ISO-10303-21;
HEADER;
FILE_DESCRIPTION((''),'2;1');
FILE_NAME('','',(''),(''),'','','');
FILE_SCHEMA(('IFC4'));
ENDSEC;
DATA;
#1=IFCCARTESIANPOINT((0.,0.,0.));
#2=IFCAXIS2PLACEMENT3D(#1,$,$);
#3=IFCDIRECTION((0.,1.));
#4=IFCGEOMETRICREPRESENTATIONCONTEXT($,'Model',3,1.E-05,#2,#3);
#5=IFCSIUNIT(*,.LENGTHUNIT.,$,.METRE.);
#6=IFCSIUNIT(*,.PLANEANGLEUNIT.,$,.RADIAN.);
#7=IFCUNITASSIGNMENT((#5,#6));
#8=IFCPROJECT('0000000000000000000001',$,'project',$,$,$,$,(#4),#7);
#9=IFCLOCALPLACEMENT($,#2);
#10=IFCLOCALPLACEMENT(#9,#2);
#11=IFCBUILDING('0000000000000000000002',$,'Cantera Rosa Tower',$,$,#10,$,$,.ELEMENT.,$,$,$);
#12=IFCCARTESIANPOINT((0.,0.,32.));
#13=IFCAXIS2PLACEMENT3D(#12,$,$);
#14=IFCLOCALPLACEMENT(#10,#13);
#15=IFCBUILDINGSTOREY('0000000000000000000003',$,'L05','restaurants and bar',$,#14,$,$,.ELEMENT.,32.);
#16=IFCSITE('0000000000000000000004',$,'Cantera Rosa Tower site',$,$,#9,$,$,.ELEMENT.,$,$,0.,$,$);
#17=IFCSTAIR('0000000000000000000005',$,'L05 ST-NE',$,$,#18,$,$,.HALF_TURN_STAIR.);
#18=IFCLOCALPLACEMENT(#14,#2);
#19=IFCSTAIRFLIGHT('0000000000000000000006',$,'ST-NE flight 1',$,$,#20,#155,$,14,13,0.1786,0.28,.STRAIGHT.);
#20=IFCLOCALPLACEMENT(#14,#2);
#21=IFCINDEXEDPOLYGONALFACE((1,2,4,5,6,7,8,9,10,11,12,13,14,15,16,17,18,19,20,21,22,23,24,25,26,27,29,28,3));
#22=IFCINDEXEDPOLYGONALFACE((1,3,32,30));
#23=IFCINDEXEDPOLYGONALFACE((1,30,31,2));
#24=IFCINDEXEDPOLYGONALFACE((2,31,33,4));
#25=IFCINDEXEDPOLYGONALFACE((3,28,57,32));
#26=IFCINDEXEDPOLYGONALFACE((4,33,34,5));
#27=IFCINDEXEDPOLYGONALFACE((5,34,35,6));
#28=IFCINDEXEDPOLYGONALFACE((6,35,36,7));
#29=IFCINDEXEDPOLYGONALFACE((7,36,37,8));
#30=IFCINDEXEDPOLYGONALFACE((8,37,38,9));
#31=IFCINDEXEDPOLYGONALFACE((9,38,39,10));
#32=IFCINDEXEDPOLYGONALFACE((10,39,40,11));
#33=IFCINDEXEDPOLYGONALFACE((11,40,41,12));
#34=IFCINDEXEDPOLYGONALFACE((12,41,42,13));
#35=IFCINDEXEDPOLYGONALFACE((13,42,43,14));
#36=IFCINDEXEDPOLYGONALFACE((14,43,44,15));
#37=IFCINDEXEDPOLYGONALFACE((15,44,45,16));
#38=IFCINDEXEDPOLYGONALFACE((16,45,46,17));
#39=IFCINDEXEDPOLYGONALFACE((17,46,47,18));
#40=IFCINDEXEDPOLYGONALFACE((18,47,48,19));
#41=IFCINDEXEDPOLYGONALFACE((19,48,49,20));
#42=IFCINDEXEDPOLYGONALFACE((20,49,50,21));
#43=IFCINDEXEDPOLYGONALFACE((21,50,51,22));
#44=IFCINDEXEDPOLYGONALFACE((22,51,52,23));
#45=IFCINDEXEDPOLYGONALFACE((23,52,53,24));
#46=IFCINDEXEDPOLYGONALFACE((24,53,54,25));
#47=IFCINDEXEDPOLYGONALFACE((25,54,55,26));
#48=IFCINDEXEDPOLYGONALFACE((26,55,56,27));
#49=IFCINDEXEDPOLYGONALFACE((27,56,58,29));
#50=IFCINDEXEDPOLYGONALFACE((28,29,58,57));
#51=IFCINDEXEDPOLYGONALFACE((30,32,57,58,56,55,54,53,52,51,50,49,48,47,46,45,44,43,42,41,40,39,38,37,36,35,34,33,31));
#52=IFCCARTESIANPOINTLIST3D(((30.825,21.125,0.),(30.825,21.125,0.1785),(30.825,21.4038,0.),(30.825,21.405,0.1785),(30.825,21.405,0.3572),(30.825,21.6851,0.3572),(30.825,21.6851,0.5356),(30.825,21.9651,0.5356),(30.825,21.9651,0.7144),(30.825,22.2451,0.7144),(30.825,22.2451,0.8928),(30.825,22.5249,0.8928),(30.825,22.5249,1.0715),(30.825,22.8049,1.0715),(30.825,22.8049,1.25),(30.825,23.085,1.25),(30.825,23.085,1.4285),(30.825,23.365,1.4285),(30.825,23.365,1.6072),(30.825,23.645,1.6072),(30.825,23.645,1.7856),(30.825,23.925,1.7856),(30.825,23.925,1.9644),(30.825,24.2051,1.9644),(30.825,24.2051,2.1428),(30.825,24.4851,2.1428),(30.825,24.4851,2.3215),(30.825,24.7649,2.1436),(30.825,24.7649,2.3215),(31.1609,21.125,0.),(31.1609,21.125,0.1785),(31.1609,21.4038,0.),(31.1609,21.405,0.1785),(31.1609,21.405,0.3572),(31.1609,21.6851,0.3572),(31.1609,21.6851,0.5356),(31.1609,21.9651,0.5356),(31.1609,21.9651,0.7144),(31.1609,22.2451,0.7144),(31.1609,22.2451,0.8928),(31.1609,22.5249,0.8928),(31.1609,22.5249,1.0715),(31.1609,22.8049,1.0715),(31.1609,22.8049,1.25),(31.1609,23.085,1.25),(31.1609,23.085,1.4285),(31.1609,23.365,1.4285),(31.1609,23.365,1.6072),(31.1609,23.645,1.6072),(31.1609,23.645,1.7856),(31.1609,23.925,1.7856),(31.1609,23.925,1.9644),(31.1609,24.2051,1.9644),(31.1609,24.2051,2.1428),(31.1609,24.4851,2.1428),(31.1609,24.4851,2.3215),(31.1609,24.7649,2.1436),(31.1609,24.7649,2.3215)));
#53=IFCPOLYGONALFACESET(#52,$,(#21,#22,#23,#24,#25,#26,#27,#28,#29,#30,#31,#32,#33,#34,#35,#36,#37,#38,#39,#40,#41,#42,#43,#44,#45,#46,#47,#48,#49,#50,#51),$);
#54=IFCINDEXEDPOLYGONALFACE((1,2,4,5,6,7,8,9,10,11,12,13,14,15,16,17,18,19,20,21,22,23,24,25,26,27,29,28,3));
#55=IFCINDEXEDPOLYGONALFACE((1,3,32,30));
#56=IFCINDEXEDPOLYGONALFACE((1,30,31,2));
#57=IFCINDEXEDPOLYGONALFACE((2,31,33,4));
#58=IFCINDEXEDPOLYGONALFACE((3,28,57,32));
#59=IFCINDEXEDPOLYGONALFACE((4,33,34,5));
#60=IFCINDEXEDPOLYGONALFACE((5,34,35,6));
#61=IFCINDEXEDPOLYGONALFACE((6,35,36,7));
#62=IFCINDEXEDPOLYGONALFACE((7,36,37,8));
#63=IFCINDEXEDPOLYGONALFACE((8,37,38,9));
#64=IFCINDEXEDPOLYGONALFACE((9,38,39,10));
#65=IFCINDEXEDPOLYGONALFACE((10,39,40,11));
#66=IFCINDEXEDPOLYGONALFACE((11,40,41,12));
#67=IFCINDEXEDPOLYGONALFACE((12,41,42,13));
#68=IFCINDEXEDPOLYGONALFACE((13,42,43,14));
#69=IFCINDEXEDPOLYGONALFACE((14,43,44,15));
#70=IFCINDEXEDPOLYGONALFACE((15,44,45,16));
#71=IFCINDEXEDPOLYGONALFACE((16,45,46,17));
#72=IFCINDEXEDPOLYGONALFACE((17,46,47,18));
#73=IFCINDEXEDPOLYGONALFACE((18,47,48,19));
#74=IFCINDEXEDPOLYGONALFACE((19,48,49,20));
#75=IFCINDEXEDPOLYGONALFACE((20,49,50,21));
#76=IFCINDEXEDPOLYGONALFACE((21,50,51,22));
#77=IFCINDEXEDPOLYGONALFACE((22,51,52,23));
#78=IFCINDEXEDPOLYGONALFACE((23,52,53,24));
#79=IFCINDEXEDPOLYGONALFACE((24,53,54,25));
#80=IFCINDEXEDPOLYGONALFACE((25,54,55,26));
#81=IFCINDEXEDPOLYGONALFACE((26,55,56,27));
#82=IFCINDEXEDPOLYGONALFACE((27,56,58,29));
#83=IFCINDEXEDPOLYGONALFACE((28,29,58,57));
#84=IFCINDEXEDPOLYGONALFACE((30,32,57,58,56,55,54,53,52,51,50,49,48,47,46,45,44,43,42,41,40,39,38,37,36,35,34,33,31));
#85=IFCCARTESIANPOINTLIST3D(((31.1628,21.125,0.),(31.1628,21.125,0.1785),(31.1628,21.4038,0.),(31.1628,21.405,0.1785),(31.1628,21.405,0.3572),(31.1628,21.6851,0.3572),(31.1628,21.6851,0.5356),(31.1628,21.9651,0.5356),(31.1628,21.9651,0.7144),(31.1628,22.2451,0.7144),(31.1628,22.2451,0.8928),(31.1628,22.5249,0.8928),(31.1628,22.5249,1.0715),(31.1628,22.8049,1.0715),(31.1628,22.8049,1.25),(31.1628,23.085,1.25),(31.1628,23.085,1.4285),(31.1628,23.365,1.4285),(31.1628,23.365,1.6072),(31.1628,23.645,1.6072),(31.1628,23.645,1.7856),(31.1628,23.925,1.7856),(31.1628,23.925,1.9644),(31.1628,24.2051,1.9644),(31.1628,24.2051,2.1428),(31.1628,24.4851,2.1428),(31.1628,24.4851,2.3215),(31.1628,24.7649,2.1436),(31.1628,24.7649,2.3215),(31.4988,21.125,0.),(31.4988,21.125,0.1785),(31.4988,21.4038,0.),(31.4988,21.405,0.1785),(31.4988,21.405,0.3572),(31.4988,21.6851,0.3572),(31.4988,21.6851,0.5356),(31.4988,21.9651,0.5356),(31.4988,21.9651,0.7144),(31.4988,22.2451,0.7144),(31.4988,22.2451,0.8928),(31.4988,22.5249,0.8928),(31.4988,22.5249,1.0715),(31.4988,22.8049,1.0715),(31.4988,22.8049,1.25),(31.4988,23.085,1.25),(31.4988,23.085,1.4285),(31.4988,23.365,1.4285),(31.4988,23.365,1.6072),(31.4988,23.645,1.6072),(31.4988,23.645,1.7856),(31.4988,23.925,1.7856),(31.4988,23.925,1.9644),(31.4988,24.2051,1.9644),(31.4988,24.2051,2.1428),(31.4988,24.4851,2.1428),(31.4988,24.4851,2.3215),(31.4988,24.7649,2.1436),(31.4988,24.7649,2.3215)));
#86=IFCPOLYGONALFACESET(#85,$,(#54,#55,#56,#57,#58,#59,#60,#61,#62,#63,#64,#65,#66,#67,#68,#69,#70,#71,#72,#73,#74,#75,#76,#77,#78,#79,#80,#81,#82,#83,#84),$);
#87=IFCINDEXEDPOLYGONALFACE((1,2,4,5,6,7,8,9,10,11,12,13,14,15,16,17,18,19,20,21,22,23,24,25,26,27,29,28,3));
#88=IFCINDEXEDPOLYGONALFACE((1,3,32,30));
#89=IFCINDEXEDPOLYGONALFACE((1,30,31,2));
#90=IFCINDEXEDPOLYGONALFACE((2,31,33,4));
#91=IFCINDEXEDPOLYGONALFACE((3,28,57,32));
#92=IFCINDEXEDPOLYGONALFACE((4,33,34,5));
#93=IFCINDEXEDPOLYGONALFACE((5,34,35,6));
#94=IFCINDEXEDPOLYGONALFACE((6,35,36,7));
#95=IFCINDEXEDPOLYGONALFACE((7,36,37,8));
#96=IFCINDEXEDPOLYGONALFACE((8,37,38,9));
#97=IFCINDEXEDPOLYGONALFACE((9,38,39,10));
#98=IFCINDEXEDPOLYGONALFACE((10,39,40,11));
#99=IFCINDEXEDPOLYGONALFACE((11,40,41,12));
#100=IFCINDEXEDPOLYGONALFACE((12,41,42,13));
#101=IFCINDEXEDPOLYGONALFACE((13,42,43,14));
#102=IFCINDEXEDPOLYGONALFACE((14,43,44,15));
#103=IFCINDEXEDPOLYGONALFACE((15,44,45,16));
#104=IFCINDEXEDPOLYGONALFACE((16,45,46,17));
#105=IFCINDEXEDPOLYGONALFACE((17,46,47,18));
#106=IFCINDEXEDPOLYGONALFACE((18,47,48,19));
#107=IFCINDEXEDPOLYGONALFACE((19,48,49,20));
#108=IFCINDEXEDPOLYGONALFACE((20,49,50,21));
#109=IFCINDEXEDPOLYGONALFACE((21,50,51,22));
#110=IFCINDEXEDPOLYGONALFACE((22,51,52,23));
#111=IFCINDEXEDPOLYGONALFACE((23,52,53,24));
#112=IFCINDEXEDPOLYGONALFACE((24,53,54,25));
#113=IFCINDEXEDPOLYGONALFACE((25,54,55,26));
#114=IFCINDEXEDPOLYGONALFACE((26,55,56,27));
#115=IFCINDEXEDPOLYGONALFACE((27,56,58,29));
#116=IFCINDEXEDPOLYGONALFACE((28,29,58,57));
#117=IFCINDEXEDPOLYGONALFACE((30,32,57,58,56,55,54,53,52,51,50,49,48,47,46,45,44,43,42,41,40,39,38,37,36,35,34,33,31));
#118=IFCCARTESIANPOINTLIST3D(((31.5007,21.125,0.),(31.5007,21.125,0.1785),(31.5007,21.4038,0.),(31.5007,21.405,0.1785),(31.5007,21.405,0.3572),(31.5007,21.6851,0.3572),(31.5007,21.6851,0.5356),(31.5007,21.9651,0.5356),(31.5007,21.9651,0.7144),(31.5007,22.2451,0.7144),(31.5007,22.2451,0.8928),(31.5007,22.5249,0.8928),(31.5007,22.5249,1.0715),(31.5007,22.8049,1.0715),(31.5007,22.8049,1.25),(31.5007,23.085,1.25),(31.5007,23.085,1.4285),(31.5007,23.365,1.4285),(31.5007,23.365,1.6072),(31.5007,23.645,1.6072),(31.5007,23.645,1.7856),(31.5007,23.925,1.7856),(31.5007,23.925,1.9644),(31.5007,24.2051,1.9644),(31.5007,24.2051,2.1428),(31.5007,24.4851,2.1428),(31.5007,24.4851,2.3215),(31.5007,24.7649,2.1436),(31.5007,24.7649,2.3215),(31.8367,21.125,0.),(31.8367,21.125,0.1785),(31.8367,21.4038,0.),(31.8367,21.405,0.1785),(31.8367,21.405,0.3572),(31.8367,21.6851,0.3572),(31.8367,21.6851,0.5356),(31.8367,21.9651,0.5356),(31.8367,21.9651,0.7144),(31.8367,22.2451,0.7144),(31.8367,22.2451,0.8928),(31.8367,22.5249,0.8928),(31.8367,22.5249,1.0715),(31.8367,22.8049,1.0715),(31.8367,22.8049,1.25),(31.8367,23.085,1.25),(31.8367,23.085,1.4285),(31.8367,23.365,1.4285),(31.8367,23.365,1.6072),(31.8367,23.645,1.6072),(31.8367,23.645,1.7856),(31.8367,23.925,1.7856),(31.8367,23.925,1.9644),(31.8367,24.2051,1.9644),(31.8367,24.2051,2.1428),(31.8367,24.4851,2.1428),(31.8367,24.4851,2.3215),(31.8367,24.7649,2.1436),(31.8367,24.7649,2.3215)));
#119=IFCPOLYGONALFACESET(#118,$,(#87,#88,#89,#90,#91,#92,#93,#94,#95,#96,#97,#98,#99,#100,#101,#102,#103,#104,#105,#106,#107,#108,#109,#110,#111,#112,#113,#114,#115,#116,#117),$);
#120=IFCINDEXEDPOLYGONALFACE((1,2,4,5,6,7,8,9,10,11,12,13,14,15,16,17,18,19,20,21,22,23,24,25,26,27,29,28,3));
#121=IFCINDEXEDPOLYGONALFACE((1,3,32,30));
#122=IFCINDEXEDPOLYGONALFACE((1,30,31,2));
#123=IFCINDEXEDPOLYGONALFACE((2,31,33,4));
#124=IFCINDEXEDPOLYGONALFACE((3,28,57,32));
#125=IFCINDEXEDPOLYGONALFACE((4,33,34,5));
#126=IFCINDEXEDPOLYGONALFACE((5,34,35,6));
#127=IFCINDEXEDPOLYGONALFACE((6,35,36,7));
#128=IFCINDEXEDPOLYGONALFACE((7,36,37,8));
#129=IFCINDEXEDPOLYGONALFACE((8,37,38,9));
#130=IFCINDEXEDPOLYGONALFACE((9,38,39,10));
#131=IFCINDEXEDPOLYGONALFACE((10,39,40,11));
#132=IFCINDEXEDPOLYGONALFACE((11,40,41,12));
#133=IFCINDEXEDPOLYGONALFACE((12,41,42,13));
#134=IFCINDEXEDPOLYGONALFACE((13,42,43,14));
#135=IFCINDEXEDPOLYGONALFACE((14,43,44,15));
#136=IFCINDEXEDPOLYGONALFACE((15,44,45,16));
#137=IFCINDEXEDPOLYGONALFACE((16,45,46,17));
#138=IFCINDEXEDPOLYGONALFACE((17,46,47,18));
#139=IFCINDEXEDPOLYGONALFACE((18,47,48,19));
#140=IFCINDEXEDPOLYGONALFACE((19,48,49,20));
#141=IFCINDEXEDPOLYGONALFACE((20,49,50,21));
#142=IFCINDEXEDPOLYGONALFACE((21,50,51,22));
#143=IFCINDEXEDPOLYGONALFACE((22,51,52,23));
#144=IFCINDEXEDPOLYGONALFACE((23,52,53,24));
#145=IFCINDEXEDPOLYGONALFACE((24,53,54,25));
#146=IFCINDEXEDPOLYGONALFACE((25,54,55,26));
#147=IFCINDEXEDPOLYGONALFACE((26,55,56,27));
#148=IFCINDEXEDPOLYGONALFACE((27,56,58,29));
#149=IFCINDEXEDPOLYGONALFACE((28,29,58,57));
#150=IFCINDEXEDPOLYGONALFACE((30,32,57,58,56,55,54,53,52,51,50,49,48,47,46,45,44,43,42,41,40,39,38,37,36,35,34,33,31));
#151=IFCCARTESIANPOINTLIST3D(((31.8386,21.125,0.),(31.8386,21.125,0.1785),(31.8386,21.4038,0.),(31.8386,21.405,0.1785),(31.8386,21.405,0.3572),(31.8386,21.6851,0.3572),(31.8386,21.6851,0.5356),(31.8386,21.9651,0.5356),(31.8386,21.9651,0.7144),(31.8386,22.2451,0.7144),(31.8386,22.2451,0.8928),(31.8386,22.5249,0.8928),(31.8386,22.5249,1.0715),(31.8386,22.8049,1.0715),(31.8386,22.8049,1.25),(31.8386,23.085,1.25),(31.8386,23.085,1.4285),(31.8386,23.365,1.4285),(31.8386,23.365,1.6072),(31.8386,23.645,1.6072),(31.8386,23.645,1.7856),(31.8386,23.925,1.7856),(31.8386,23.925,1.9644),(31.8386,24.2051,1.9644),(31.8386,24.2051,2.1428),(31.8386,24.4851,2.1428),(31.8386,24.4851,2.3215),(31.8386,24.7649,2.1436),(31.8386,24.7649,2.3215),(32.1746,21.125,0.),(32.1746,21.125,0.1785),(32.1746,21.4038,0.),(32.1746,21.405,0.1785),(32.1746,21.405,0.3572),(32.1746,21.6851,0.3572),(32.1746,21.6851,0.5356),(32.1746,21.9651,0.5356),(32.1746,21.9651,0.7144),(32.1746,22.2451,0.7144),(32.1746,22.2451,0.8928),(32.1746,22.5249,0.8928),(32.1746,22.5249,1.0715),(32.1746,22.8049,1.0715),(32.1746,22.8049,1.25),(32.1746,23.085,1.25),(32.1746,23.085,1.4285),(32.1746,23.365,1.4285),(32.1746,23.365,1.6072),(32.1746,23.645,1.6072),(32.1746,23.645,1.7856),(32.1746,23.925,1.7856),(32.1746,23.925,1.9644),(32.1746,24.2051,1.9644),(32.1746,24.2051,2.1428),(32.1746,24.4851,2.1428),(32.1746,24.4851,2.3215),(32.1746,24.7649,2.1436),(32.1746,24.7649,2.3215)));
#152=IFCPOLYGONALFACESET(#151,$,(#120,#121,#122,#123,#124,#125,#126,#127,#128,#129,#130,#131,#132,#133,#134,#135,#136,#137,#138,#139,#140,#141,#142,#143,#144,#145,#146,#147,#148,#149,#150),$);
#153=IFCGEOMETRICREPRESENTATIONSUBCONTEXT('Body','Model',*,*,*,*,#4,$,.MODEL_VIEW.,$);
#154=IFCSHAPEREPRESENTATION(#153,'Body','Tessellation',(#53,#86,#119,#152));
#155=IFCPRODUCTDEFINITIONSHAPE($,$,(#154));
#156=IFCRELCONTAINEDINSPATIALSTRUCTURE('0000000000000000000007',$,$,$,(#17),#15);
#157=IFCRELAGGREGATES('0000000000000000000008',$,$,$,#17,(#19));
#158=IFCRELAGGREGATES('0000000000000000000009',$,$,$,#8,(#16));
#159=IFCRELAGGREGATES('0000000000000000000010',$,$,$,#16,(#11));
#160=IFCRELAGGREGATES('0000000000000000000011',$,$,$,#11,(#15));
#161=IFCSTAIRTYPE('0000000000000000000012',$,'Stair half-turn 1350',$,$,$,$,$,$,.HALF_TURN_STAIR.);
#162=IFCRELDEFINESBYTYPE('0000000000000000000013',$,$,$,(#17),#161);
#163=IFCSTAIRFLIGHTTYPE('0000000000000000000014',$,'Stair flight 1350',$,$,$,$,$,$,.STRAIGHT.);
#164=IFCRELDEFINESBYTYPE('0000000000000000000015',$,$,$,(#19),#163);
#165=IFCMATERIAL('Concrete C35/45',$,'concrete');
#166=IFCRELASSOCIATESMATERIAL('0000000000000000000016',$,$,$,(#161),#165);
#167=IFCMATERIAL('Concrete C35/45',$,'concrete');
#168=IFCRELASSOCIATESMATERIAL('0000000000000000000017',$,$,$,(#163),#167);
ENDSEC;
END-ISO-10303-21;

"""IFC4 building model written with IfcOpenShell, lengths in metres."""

from ifc_helpers import new_model, si_unit, direction, frame, origin, place, context, subcontext, project, spatial, polyline, outline, extrude, material, type_object, element, aggregate, save


model = new_model("IFC4")

# Units and contexts
model_context = context("Model", 3, precision=1e-05, world=origin(), true_north=direction((0.0, 1.0)))
body_context = subcontext(model_context, "Body", "Model", "MODEL_VIEW")
ifc_project = project(units=[si_unit("LENGTHUNIT", "METRE"), si_unit("PLANEANGLEUNIT", "RADIAN")], contexts=[model_context])

# Site, building, storey
site_placement = place(None, origin())
site = spatial("IfcSite", under=ifc_project, at=site_placement, Name="Cantera Rosa Tower site", CompositionType="ELEMENT", RefElevation=0.0)
building_placement = place(site_placement, origin())
building = spatial("IfcBuilding", under=site, at=building_placement, Name="Cantera Rosa Tower", CompositionType="ELEMENT")
storey_placement = place(building_placement, frame((0.0, 0.0, 32.0)))
storey = spatial("IfcBuildingStorey", under=building, at=storey_placement, Name="L05", Description="restaurants and bar", CompositionType="ELEMENT", Elevation=32.0)

# Stair, stair flight
ifc_material_1 = material(Name="Concrete C35/45", Category="concrete")
stair_type = type_object("IfcStairType", Name="Stair half-turn 1350", PredefinedType="HALF_TURN_STAIR", material=ifc_material_1)
stair_placement = place(storey_placement, origin())
stair = element("IfcStair", 1, at=stair_placement, inside=storey, type_object=stair_type, Name="L05 ST-NE", PredefinedType="HALF_TURN_STAIR")
ifc_material_2 = material(Name="Concrete C35/45", Category="concrete")
stair_flight_type = type_object("IfcStairFlightType", Name="Stair flight 1350", PredefinedType="STRAIGHT", material=ifc_material_2)
stair_flight_1_placement = place(storey_placement, frame((31.5, 21.125, 0.0), z_axis=(0.0, 0.0, 1.0), x_axis=(0.0, 1.0, 0.0)))
stair_flight_1 = element("IfcStairFlight", 2, at=stair_flight_1_placement, type_object=stair_flight_type, Name="ST-NE flight 1", NumberOfRisers=14, NumberOfTreads=13, PredefinedType="STRAIGHT", RiserHeight=0.1786, TreadLength=0.28, context=body_context, shape_type="SweptSolid", body=[
    extrude(outline(polyline([(0.0, 0.0), (0.0, 0.1785), (0.28, 0.1785), (0.28, 0.3572), (0.5601, 0.3572), (0.5601, 0.5356), (0.8401, 0.5356), (0.8401, 0.7144), (1.1201, 0.7144), (1.1201, 0.8928), (1.3999, 0.8928), (1.3999, 1.0715), (1.6799, 1.0715), (1.6799, 1.25), (1.96, 1.25), (1.96, 1.4285), (2.24, 1.4285), (2.24, 1.6072), (2.52, 1.6072), (2.52, 1.7856), (2.8, 1.7856), (2.8, 1.9644), (3.0801, 1.9644), (3.0801, 2.1428), (3.3601, 2.1428), (3.3601, 2.3215), (3.6399, 2.3215), (3.6399, 2.5), (3.6399, 2.1436), (0.2788, 0.0), (0.0, 0.0)])), frame((0.0, 0.675, 0.0), z_axis=(0.0, -1.0, 0.0), x_axis=(1.0, 0.0, 0.0)), (0.0, 0.0, 1.0), 0.3359),
    extrude(outline(polyline([(0.0, 0.0), (0.0, 0.1785), (0.28, 0.1785), (0.28, 0.3572), (0.5601, 0.3572), (0.5601, 0.5356), (0.8401, 0.5356), (0.8401, 0.7144), (1.1201, 0.7144), (1.1201, 0.8928), (1.3999, 0.8928), (1.3999, 1.0715), (1.6799, 1.0715), (1.6799, 1.25), (1.96, 1.25), (1.96, 1.4285), (2.24, 1.4285), (2.24, 1.6072), (2.52, 1.6072), (2.52, 1.7856), (2.8, 1.7856), (2.8, 1.9644), (3.0801, 1.9644), (3.0801, 2.1428), (3.3601, 2.1428), (3.3601, 2.3215), (3.6399, 2.3215), (3.6399, 2.5), (3.6399, 2.1436), (0.2788, 0.0), (0.0, 0.0)])), frame((0.0, 0.3372, 0.0), z_axis=(0.0, -1.0, 0.0), x_axis=(1.0, 0.0, 0.0)), (0.0, 0.0, 1.0), 0.3359),
    extrude(outline(polyline([(0.0, 0.0), (0.0, 0.1785), (0.28, 0.1785), (0.28, 0.3572), (0.5601, 0.3572), (0.5601, 0.5356), (0.8401, 0.5356), (0.8401, 0.7144), (1.1201, 0.7144), (1.1201, 0.8928), (1.3999, 0.8928), (1.3999, 1.0715), (1.6799, 1.0715), (1.6799, 1.25), (1.96, 1.25), (1.96, 1.4285), (2.24, 1.4285), (2.24, 1.6072), (2.52, 1.6072), (2.52, 1.7856), (2.8, 1.7856), (2.8, 1.9644), (3.0801, 1.9644), (3.0801, 2.1428), (3.3601, 2.1428), (3.3601, 2.3215), (3.6399, 2.3215), (3.6399, 2.5), (3.6399, 2.1436), (0.2788, 0.0), (0.0, 0.0)])), frame((0.0, -0.0007, 0.0), z_axis=(0.0, -1.0, 0.0), x_axis=(1.0, 0.0, 0.0)), (0.0, 0.0, 1.0), 0.3359),
    extrude(outline(polyline([(0.0, 0.0), (0.0, 0.1785), (0.28, 0.1785), (0.28, 0.3572), (0.5601, 0.3572), (0.5601, 0.5356), (0.8401, 0.5356), (0.8401, 0.7144), (1.1201, 0.7144), (1.1201, 0.8928), (1.3999, 0.8928), (1.3999, 1.0715), (1.6799, 1.0715), (1.6799, 1.25), (1.96, 1.25), (1.96, 1.4285), (2.24, 1.4285), (2.24, 1.6072), (2.52, 1.6072), (2.52, 1.7856), (2.8, 1.7856), (2.8, 1.9644), (3.0801, 1.9644), (3.0801, 2.1428), (3.3601, 2.1428), (3.3601, 2.3215), (3.6399, 2.3215), (3.6399, 2.5), (3.6399, 2.1436), (0.2788, 0.0), (0.0, 0.0)])), frame((0.0, -0.3386, 0.0), z_axis=(0.0, -1.0, 0.0), x_axis=(1.0, 0.0, 0.0)), (0.0, 0.0, 1.0), 0.3359),
])
aggregate(stair, [stair_flight_1])

save(model, "model.ifc")
